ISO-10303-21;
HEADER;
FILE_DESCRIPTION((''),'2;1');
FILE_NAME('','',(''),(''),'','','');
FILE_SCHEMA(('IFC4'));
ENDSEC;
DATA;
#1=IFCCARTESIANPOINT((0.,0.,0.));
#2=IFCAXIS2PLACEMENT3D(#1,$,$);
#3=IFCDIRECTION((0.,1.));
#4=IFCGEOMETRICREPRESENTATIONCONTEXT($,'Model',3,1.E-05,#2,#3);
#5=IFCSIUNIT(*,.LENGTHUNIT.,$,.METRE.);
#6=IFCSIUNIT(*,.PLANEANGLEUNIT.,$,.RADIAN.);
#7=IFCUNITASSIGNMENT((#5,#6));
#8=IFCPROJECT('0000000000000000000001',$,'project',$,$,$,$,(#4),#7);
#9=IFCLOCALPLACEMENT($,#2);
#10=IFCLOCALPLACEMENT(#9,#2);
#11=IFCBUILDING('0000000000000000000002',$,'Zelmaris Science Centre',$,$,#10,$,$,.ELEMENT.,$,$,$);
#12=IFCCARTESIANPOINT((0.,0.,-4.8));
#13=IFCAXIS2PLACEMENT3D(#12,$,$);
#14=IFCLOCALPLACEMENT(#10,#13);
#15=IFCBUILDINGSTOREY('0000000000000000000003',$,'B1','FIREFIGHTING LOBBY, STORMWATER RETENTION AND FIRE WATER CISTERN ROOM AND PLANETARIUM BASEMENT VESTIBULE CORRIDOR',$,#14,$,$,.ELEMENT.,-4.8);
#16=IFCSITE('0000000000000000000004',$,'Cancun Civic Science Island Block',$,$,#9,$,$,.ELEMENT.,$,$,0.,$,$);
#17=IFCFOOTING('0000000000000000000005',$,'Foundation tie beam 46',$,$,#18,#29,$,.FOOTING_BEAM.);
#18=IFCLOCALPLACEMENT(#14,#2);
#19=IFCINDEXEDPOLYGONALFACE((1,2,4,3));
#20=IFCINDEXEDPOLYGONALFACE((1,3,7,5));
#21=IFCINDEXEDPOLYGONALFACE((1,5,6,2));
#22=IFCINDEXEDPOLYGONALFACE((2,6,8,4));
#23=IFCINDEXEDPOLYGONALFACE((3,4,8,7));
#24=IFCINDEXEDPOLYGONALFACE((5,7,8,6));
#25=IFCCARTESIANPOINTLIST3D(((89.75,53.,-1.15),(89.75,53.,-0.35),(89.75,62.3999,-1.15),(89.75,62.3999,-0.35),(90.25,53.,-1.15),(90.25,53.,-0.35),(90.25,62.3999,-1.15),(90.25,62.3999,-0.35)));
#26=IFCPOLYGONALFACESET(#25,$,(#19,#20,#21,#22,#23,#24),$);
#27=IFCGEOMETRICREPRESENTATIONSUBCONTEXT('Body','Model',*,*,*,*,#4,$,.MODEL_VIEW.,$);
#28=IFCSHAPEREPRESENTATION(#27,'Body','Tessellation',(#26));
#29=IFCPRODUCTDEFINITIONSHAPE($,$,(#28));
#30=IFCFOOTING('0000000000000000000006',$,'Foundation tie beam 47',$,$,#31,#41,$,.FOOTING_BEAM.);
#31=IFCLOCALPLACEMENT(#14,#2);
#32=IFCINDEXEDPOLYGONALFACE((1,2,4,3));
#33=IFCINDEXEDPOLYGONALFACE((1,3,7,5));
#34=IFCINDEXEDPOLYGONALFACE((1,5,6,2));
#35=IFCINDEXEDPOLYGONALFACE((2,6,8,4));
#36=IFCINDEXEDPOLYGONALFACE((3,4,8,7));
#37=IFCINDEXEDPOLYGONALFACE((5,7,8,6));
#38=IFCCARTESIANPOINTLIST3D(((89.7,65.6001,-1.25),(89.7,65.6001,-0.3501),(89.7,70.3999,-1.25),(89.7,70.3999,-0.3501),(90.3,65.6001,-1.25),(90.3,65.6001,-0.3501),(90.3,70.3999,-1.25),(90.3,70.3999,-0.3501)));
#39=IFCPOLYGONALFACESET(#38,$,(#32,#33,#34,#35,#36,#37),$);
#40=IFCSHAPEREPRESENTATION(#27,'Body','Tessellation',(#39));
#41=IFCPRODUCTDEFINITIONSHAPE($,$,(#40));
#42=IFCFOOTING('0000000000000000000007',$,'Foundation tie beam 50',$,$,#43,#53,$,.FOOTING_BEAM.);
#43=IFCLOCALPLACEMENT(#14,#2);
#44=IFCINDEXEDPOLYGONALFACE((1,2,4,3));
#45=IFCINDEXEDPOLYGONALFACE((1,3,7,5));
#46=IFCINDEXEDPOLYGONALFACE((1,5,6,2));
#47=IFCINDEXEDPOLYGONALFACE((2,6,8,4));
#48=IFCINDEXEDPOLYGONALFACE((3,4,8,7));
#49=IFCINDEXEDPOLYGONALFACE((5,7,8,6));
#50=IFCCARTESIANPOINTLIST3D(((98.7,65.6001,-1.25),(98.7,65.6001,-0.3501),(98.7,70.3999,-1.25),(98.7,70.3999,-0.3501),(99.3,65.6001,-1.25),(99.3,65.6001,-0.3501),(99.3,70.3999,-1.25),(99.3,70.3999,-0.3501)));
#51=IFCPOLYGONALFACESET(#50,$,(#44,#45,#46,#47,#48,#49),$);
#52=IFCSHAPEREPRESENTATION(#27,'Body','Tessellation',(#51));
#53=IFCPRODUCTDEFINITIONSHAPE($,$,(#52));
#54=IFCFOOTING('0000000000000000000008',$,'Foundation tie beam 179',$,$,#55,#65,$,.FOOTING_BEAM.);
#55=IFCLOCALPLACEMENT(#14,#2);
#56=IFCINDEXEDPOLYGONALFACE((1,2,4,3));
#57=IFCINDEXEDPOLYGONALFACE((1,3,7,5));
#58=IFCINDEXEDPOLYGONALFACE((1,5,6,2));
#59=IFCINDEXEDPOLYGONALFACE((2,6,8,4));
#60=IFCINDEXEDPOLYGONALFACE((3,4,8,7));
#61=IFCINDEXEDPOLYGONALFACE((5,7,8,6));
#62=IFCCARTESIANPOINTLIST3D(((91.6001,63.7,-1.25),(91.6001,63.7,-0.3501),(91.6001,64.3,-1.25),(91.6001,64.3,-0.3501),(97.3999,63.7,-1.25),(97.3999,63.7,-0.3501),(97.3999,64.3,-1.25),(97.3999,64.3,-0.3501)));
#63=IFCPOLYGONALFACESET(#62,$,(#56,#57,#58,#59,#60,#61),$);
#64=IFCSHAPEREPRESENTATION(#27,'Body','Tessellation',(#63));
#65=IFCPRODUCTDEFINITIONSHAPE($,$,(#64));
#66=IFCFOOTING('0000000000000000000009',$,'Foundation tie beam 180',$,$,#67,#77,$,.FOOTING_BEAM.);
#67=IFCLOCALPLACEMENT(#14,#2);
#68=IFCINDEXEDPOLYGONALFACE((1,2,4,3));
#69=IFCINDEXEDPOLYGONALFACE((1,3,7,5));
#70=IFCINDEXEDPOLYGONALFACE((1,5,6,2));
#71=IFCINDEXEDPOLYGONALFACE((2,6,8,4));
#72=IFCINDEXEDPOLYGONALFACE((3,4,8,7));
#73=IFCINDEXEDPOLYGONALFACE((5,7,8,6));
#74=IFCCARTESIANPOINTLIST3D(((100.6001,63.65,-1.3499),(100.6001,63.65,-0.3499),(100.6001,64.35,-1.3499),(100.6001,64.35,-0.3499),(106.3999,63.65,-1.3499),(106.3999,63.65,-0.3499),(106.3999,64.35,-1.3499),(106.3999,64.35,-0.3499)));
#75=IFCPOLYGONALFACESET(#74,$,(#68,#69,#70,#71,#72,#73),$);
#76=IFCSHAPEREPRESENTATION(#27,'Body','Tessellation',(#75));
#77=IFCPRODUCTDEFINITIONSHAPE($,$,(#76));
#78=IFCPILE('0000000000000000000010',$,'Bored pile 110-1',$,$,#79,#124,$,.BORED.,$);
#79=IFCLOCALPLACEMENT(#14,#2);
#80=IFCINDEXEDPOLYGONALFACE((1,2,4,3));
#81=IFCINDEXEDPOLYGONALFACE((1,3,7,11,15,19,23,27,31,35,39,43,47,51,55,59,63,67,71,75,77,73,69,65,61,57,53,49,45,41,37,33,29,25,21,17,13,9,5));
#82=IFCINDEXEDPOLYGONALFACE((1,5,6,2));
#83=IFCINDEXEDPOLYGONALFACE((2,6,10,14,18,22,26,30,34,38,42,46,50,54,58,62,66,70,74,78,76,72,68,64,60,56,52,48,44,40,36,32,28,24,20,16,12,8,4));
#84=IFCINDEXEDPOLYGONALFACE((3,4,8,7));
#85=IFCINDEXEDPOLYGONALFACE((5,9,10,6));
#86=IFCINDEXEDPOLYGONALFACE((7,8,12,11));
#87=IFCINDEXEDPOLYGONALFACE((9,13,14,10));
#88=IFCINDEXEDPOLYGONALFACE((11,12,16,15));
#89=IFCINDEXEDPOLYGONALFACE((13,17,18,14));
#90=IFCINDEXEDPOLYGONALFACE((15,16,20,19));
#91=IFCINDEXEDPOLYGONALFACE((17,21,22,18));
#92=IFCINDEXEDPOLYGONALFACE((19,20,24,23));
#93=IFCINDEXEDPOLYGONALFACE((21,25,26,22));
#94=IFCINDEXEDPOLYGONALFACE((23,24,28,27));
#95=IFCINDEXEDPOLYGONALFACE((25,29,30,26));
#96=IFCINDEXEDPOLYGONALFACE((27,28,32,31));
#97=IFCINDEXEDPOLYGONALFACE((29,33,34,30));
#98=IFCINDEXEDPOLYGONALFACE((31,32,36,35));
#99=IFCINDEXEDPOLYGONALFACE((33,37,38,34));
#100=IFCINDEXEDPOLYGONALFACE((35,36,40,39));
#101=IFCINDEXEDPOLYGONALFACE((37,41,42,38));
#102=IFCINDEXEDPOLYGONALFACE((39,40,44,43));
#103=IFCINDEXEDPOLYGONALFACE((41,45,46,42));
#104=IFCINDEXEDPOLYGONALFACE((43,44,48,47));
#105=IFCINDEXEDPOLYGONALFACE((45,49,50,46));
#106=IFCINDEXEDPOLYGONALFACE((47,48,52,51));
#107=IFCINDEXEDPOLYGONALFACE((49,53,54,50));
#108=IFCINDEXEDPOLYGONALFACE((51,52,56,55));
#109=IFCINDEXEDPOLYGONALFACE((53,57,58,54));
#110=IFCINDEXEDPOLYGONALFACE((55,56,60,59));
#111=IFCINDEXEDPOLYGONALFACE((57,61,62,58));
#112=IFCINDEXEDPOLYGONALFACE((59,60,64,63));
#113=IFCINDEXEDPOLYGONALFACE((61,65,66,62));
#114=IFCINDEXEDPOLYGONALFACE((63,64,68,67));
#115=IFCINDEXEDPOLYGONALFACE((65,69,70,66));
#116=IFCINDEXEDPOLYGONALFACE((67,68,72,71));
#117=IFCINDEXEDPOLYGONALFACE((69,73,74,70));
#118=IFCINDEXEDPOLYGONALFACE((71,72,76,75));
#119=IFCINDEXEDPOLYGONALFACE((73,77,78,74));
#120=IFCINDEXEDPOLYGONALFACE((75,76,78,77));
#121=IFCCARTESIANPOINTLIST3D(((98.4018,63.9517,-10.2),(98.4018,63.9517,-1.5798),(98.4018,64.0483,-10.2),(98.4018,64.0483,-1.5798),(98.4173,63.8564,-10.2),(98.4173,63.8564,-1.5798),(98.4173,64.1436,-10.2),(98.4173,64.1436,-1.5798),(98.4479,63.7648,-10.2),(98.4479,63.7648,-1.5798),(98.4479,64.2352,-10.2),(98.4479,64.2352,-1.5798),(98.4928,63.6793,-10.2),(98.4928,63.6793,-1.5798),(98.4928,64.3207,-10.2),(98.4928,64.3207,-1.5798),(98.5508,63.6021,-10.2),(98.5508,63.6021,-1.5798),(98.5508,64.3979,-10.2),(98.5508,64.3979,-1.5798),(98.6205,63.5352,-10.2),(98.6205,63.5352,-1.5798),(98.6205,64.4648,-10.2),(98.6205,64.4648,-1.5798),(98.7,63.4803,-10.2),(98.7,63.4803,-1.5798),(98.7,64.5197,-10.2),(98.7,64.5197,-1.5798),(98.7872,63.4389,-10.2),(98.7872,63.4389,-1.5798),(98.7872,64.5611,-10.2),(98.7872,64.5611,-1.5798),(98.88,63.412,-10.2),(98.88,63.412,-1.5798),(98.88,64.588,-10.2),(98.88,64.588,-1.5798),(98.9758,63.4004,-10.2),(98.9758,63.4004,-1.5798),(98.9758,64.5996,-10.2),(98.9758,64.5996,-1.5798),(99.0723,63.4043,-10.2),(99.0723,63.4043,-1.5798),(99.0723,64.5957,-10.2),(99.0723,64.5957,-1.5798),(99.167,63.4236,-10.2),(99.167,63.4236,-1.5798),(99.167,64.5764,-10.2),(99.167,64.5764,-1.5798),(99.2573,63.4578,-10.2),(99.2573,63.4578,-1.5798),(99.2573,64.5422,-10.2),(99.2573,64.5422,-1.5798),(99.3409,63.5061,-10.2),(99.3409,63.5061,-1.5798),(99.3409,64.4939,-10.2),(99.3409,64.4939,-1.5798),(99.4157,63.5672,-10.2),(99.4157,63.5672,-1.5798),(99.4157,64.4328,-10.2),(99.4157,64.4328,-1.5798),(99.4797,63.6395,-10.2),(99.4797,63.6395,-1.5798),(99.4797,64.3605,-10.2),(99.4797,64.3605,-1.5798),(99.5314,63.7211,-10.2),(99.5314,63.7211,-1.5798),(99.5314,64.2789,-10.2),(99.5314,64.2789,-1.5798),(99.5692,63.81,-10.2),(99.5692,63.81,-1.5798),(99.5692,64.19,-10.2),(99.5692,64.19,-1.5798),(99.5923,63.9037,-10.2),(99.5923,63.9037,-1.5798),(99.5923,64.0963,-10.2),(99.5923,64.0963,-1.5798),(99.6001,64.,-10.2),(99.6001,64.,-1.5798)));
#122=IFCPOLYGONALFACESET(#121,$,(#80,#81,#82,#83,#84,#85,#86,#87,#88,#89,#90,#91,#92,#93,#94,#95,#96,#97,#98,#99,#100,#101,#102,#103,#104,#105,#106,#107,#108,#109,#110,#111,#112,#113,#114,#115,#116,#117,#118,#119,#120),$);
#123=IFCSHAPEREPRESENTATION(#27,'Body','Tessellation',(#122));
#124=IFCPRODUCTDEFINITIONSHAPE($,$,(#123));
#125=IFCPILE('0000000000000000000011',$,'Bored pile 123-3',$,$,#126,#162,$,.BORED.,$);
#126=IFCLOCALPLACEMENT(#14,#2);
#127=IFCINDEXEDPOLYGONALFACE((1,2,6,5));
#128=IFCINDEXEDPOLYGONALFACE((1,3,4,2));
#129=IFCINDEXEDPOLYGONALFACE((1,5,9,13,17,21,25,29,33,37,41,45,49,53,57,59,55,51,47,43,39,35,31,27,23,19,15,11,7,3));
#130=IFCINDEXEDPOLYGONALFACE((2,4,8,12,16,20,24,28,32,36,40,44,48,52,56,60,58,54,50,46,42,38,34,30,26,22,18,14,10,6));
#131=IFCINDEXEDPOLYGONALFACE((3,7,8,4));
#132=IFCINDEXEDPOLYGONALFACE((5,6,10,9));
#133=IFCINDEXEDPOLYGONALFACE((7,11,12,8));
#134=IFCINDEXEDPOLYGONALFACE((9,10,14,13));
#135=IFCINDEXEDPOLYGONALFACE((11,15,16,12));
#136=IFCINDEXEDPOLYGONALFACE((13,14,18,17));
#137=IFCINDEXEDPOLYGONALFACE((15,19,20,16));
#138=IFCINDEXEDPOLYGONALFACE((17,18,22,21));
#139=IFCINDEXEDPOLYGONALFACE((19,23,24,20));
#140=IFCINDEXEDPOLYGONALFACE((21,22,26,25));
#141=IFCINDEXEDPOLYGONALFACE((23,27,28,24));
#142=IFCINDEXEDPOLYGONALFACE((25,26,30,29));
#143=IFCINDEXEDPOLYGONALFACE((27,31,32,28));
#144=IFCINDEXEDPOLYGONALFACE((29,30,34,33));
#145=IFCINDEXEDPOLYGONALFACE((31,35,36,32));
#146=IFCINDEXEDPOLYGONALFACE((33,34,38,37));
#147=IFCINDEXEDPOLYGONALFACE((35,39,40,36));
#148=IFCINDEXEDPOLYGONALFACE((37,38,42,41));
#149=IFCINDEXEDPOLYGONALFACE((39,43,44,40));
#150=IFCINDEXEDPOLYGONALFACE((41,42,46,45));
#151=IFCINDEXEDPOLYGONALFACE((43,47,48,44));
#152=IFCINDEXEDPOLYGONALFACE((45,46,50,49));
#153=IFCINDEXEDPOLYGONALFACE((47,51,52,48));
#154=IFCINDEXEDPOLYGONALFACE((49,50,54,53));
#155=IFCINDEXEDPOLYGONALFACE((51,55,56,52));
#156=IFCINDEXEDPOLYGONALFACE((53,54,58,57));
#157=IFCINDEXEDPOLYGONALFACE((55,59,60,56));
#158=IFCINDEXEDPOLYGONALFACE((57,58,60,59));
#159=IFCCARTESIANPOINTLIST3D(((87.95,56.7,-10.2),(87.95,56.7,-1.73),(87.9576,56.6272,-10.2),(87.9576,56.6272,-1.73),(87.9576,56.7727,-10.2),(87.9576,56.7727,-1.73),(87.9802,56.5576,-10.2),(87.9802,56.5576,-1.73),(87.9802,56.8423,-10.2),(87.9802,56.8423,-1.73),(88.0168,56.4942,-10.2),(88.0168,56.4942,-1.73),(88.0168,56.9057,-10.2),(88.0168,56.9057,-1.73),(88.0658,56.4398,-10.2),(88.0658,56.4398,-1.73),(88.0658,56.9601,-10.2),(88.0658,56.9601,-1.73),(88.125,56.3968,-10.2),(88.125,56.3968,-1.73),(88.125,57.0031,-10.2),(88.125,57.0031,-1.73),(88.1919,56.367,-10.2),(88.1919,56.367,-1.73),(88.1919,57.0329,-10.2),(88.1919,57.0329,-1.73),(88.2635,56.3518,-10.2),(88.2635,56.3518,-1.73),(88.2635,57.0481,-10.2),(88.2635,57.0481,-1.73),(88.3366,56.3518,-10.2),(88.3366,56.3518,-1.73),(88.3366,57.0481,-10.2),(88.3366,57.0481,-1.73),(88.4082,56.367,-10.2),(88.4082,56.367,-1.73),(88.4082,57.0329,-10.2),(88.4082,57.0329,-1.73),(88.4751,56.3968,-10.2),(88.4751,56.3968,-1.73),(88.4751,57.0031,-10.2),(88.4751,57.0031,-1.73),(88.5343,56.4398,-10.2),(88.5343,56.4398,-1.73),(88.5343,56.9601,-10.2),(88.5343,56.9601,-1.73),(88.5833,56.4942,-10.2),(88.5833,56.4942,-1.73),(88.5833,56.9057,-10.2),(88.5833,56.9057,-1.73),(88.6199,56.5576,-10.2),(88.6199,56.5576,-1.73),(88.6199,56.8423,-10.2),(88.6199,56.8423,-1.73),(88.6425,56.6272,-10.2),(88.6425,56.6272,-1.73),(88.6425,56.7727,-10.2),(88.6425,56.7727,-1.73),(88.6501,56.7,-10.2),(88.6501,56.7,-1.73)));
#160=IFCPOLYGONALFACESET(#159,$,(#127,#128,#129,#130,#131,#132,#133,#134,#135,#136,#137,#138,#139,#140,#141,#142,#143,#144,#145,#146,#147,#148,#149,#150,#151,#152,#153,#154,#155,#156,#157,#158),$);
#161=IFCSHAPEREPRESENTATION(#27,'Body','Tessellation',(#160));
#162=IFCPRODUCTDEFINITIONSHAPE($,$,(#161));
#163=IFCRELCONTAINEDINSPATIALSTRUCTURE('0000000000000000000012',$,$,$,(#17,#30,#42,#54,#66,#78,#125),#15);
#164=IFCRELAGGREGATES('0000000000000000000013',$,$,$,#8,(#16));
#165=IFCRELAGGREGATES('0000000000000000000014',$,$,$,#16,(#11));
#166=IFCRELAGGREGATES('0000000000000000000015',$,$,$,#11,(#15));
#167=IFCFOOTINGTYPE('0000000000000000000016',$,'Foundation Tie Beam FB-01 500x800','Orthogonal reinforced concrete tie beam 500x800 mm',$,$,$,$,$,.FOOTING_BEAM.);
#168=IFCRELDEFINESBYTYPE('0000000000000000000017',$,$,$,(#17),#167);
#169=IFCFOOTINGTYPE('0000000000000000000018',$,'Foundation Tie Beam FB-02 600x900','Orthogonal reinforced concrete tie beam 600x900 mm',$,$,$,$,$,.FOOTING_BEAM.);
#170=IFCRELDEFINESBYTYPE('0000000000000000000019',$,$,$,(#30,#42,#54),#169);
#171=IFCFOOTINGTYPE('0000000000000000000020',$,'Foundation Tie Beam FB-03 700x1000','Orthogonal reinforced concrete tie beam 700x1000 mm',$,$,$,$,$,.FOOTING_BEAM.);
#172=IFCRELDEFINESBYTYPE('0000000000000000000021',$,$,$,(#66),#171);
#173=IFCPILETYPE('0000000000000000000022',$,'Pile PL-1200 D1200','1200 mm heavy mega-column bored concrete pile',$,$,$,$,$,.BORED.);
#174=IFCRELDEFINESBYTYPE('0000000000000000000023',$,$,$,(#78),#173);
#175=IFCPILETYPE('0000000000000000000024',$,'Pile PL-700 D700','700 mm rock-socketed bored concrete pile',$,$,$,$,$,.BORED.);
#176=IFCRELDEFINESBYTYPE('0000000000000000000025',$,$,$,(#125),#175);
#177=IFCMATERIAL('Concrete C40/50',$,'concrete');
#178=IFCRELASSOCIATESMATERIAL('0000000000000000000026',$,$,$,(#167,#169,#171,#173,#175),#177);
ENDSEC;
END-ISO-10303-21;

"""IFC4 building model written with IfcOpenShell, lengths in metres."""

from ifc_helpers import new_model, si_unit, direction, frame, origin, origin_2d, place, context, subcontext, project, spatial, rectangle, circle, extrude, material, material_profile, profile_set, type_object, element, save


model = new_model("IFC4")

# Units and contexts
model_context = context("Model", 3, precision=1e-05, world=origin(), true_north=direction((0.0, 1.0)))
body_context = subcontext(model_context, "Body", "Model", "MODEL_VIEW")
ifc_project = project(units=[si_unit("LENGTHUNIT", "METRE"), si_unit("PLANEANGLEUNIT", "RADIAN")], contexts=[model_context])

# Site, building, storey
site_placement = place(None, origin())
site = spatial("IfcSite", under=ifc_project, at=site_placement, Name="Cancun Civic Science Island Block", CompositionType="ELEMENT", RefElevation=0.0)
building_placement = place(site_placement, origin())
building = spatial("IfcBuilding", under=site, at=building_placement, Name="Zelmaris Science Centre", CompositionType="ELEMENT")
storey_placement = place(building_placement, frame((0.0, 0.0, -4.8)))
storey = spatial("IfcBuildingStorey", under=building, at=storey_placement, Name="B1", Description="FIREFIGHTING LOBBY, STORMWATER RETENTION AND FIRE WATER CISTERN ROOM AND PLANETARIUM BASEMENT VESTIBULE CORRIDOR", CompositionType="ELEMENT", Elevation=-4.8)

# Footings
ifc_material_1 = material(Name="Concrete C40/50", Category="concrete")
ifc_material_profile_1 = material_profile(ifc_material_1, rectangle(XDim=0.5, YDim=0.8, at=origin_2d()), Name="FB-500X800")
ifc_profile_set_1 = profile_set([ifc_material_profile_1], Name="Concrete C40/50")
footing_type_1 = type_object("IfcFootingType", Name="Foundation Tie Beam FB-01 500x800", Description="Orthogonal reinforced concrete tie beam 500x800 mm", PredefinedType="FOOTING_BEAM", material=ifc_profile_set_1)
footing_1_placement = place(storey_placement, frame((90.0, 53.0, -0.75), z_axis=(0.0, 1.0, 0.0), x_axis=(-1.0, 0.0, 0.0)))
element("IfcFooting", 1, at=footing_1_placement, inside=storey, type_object=footing_type_1, Name="Foundation tie beam 46", PredefinedType="FOOTING_BEAM", context=body_context, shape_type="SweptSolid", body=[
    extrude(rectangle(XDim=0.5, YDim=0.8, at=origin_2d()), origin(), (0.0, 0.0, 1.0), 9.3999),
])
ifc_material_profile_2 = material_profile(ifc_material_1, rectangle(XDim=0.6001, YDim=0.8999, at=origin_2d()), Name="FB-600X900")
ifc_profile_set_2 = profile_set([ifc_material_profile_2], Name="Concrete C40/50")
footing_type_2 = type_object("IfcFootingType", Name="Foundation Tie Beam FB-02 600x900", Description="Orthogonal reinforced concrete tie beam 600x900 mm", PredefinedType="FOOTING_BEAM", material=ifc_profile_set_2)
for number, where, z_axis, x_axis, name in (
    (2, (90.0, 65.6001, -0.8), (0.0, 1.0, 0.0), (-1.0, 0.0, 0.0), "Foundation tie beam 47"),
    (3, (99.0, 65.6001, -0.8), (0.0, 1.0, 0.0), (-1.0, 0.0, 0.0), "Foundation tie beam 50"),
):
    element("IfcFooting", number, at=place(storey_placement, frame(where, z_axis=z_axis, x_axis=x_axis)), inside=storey, type_object=footing_type_2, Name=name, PredefinedType="FOOTING_BEAM", context=body_context, shape_type="SweptSolid", body=[
        extrude(rectangle(XDim=0.6001, YDim=0.8999, at=origin_2d()), origin(), (0.0, 0.0, 1.0), 4.7998),
    ])
footing_2_placement = place(storey_placement, frame((91.6001, 64.0, -0.8), z_axis=(1.0, 0.0, 0.0), x_axis=(0.0, 1.0, 0.0)))
element("IfcFooting", 4, at=footing_2_placement, inside=storey, type_object=footing_type_2, Name="Foundation tie beam 179", PredefinedType="FOOTING_BEAM", context=body_context, shape_type="SweptSolid", body=[
    extrude(rectangle(XDim=0.6001, YDim=0.8999, at=origin_2d()), origin(), (0.0, 0.0, 1.0), 5.7998),
])
ifc_material_profile_3 = material_profile(ifc_material_1, rectangle(XDim=0.7, YDim=1.0, at=origin_2d()), Name="FB-700X1000")
ifc_profile_set_3 = profile_set([ifc_material_profile_3], Name="Concrete C40/50")
footing_type_3 = type_object("IfcFootingType", Name="Foundation Tie Beam FB-03 700x1000", Description="Orthogonal reinforced concrete tie beam 700x1000 mm", PredefinedType="FOOTING_BEAM", material=ifc_profile_set_3)
footing_3_placement = place(storey_placement, frame((100.6001, 64.0, -0.8499), z_axis=(1.0, 0.0, 0.0), x_axis=(0.0, 1.0, 0.0)))
element("IfcFooting", 5, at=footing_3_placement, inside=storey, type_object=footing_type_3, Name="Foundation tie beam 180", PredefinedType="FOOTING_BEAM", context=body_context, shape_type="SweptSolid", body=[
    extrude(rectangle(XDim=0.7, YDim=1.0, at=origin_2d()), origin(), (0.0, 0.0, 1.0), 5.7998),
])

# Piles
ifc_material_profile_4 = material_profile(ifc_material_1, circle(Radius=0.6001, at=origin_2d()), Name="PILE-1200")
ifc_profile_set_4 = profile_set([ifc_material_profile_4], Name="Concrete C40/50")
pile_type_1 = type_object("IfcPileType", Name="Pile PL-1200 D1200", Description="1200 mm heavy mega-column bored concrete pile", PredefinedType="BORED", material=ifc_profile_set_4)
pile_1_placement = place(storey_placement, frame((99.0, 64.0, -1.5798), z_axis=(0.0, 0.0, -1.0), x_axis=(1.0, 0.0, 0.0)))
element("IfcPile", 6, at=pile_1_placement, inside=storey, type_object=pile_type_1, Name="Bored pile 110-1", PredefinedType="BORED", context=body_context, shape_type="SweptSolid", body=[
    extrude(circle(Radius=0.6001, at=origin_2d()), origin(), (0.0, 0.0, 1.0), 8.6201),
])
ifc_material_profile_5 = material_profile(ifc_material_1, circle(Radius=0.3501, at=origin_2d()), Name="PILE-700")
ifc_profile_set_5 = profile_set([ifc_material_profile_5], Name="Concrete C40/50")
pile_type_2 = type_object("IfcPileType", Name="Pile PL-700 D700", Description="700 mm rock-socketed bored concrete pile", PredefinedType="BORED", material=ifc_profile_set_5)
for number, where, z_axis, x_axis, name in (
    (7, (88.3, 56.7, -1.73), (0.0, 0.0, -1.0), (1.0, 0.0, 0.0), "Bored pile 123-3"),
):
    element("IfcPile", number, at=place(storey_placement, frame(where, z_axis=z_axis, x_axis=x_axis)), inside=storey, type_object=pile_type_2, Name=name, PredefinedType="BORED", context=body_context, shape_type="SweptSolid", body=[
        extrude(circle(Radius=0.3501, at=origin_2d()), origin(), (0.0, 0.0, 1.0), 8.47),
    ])

save(model, "model.ifc")
